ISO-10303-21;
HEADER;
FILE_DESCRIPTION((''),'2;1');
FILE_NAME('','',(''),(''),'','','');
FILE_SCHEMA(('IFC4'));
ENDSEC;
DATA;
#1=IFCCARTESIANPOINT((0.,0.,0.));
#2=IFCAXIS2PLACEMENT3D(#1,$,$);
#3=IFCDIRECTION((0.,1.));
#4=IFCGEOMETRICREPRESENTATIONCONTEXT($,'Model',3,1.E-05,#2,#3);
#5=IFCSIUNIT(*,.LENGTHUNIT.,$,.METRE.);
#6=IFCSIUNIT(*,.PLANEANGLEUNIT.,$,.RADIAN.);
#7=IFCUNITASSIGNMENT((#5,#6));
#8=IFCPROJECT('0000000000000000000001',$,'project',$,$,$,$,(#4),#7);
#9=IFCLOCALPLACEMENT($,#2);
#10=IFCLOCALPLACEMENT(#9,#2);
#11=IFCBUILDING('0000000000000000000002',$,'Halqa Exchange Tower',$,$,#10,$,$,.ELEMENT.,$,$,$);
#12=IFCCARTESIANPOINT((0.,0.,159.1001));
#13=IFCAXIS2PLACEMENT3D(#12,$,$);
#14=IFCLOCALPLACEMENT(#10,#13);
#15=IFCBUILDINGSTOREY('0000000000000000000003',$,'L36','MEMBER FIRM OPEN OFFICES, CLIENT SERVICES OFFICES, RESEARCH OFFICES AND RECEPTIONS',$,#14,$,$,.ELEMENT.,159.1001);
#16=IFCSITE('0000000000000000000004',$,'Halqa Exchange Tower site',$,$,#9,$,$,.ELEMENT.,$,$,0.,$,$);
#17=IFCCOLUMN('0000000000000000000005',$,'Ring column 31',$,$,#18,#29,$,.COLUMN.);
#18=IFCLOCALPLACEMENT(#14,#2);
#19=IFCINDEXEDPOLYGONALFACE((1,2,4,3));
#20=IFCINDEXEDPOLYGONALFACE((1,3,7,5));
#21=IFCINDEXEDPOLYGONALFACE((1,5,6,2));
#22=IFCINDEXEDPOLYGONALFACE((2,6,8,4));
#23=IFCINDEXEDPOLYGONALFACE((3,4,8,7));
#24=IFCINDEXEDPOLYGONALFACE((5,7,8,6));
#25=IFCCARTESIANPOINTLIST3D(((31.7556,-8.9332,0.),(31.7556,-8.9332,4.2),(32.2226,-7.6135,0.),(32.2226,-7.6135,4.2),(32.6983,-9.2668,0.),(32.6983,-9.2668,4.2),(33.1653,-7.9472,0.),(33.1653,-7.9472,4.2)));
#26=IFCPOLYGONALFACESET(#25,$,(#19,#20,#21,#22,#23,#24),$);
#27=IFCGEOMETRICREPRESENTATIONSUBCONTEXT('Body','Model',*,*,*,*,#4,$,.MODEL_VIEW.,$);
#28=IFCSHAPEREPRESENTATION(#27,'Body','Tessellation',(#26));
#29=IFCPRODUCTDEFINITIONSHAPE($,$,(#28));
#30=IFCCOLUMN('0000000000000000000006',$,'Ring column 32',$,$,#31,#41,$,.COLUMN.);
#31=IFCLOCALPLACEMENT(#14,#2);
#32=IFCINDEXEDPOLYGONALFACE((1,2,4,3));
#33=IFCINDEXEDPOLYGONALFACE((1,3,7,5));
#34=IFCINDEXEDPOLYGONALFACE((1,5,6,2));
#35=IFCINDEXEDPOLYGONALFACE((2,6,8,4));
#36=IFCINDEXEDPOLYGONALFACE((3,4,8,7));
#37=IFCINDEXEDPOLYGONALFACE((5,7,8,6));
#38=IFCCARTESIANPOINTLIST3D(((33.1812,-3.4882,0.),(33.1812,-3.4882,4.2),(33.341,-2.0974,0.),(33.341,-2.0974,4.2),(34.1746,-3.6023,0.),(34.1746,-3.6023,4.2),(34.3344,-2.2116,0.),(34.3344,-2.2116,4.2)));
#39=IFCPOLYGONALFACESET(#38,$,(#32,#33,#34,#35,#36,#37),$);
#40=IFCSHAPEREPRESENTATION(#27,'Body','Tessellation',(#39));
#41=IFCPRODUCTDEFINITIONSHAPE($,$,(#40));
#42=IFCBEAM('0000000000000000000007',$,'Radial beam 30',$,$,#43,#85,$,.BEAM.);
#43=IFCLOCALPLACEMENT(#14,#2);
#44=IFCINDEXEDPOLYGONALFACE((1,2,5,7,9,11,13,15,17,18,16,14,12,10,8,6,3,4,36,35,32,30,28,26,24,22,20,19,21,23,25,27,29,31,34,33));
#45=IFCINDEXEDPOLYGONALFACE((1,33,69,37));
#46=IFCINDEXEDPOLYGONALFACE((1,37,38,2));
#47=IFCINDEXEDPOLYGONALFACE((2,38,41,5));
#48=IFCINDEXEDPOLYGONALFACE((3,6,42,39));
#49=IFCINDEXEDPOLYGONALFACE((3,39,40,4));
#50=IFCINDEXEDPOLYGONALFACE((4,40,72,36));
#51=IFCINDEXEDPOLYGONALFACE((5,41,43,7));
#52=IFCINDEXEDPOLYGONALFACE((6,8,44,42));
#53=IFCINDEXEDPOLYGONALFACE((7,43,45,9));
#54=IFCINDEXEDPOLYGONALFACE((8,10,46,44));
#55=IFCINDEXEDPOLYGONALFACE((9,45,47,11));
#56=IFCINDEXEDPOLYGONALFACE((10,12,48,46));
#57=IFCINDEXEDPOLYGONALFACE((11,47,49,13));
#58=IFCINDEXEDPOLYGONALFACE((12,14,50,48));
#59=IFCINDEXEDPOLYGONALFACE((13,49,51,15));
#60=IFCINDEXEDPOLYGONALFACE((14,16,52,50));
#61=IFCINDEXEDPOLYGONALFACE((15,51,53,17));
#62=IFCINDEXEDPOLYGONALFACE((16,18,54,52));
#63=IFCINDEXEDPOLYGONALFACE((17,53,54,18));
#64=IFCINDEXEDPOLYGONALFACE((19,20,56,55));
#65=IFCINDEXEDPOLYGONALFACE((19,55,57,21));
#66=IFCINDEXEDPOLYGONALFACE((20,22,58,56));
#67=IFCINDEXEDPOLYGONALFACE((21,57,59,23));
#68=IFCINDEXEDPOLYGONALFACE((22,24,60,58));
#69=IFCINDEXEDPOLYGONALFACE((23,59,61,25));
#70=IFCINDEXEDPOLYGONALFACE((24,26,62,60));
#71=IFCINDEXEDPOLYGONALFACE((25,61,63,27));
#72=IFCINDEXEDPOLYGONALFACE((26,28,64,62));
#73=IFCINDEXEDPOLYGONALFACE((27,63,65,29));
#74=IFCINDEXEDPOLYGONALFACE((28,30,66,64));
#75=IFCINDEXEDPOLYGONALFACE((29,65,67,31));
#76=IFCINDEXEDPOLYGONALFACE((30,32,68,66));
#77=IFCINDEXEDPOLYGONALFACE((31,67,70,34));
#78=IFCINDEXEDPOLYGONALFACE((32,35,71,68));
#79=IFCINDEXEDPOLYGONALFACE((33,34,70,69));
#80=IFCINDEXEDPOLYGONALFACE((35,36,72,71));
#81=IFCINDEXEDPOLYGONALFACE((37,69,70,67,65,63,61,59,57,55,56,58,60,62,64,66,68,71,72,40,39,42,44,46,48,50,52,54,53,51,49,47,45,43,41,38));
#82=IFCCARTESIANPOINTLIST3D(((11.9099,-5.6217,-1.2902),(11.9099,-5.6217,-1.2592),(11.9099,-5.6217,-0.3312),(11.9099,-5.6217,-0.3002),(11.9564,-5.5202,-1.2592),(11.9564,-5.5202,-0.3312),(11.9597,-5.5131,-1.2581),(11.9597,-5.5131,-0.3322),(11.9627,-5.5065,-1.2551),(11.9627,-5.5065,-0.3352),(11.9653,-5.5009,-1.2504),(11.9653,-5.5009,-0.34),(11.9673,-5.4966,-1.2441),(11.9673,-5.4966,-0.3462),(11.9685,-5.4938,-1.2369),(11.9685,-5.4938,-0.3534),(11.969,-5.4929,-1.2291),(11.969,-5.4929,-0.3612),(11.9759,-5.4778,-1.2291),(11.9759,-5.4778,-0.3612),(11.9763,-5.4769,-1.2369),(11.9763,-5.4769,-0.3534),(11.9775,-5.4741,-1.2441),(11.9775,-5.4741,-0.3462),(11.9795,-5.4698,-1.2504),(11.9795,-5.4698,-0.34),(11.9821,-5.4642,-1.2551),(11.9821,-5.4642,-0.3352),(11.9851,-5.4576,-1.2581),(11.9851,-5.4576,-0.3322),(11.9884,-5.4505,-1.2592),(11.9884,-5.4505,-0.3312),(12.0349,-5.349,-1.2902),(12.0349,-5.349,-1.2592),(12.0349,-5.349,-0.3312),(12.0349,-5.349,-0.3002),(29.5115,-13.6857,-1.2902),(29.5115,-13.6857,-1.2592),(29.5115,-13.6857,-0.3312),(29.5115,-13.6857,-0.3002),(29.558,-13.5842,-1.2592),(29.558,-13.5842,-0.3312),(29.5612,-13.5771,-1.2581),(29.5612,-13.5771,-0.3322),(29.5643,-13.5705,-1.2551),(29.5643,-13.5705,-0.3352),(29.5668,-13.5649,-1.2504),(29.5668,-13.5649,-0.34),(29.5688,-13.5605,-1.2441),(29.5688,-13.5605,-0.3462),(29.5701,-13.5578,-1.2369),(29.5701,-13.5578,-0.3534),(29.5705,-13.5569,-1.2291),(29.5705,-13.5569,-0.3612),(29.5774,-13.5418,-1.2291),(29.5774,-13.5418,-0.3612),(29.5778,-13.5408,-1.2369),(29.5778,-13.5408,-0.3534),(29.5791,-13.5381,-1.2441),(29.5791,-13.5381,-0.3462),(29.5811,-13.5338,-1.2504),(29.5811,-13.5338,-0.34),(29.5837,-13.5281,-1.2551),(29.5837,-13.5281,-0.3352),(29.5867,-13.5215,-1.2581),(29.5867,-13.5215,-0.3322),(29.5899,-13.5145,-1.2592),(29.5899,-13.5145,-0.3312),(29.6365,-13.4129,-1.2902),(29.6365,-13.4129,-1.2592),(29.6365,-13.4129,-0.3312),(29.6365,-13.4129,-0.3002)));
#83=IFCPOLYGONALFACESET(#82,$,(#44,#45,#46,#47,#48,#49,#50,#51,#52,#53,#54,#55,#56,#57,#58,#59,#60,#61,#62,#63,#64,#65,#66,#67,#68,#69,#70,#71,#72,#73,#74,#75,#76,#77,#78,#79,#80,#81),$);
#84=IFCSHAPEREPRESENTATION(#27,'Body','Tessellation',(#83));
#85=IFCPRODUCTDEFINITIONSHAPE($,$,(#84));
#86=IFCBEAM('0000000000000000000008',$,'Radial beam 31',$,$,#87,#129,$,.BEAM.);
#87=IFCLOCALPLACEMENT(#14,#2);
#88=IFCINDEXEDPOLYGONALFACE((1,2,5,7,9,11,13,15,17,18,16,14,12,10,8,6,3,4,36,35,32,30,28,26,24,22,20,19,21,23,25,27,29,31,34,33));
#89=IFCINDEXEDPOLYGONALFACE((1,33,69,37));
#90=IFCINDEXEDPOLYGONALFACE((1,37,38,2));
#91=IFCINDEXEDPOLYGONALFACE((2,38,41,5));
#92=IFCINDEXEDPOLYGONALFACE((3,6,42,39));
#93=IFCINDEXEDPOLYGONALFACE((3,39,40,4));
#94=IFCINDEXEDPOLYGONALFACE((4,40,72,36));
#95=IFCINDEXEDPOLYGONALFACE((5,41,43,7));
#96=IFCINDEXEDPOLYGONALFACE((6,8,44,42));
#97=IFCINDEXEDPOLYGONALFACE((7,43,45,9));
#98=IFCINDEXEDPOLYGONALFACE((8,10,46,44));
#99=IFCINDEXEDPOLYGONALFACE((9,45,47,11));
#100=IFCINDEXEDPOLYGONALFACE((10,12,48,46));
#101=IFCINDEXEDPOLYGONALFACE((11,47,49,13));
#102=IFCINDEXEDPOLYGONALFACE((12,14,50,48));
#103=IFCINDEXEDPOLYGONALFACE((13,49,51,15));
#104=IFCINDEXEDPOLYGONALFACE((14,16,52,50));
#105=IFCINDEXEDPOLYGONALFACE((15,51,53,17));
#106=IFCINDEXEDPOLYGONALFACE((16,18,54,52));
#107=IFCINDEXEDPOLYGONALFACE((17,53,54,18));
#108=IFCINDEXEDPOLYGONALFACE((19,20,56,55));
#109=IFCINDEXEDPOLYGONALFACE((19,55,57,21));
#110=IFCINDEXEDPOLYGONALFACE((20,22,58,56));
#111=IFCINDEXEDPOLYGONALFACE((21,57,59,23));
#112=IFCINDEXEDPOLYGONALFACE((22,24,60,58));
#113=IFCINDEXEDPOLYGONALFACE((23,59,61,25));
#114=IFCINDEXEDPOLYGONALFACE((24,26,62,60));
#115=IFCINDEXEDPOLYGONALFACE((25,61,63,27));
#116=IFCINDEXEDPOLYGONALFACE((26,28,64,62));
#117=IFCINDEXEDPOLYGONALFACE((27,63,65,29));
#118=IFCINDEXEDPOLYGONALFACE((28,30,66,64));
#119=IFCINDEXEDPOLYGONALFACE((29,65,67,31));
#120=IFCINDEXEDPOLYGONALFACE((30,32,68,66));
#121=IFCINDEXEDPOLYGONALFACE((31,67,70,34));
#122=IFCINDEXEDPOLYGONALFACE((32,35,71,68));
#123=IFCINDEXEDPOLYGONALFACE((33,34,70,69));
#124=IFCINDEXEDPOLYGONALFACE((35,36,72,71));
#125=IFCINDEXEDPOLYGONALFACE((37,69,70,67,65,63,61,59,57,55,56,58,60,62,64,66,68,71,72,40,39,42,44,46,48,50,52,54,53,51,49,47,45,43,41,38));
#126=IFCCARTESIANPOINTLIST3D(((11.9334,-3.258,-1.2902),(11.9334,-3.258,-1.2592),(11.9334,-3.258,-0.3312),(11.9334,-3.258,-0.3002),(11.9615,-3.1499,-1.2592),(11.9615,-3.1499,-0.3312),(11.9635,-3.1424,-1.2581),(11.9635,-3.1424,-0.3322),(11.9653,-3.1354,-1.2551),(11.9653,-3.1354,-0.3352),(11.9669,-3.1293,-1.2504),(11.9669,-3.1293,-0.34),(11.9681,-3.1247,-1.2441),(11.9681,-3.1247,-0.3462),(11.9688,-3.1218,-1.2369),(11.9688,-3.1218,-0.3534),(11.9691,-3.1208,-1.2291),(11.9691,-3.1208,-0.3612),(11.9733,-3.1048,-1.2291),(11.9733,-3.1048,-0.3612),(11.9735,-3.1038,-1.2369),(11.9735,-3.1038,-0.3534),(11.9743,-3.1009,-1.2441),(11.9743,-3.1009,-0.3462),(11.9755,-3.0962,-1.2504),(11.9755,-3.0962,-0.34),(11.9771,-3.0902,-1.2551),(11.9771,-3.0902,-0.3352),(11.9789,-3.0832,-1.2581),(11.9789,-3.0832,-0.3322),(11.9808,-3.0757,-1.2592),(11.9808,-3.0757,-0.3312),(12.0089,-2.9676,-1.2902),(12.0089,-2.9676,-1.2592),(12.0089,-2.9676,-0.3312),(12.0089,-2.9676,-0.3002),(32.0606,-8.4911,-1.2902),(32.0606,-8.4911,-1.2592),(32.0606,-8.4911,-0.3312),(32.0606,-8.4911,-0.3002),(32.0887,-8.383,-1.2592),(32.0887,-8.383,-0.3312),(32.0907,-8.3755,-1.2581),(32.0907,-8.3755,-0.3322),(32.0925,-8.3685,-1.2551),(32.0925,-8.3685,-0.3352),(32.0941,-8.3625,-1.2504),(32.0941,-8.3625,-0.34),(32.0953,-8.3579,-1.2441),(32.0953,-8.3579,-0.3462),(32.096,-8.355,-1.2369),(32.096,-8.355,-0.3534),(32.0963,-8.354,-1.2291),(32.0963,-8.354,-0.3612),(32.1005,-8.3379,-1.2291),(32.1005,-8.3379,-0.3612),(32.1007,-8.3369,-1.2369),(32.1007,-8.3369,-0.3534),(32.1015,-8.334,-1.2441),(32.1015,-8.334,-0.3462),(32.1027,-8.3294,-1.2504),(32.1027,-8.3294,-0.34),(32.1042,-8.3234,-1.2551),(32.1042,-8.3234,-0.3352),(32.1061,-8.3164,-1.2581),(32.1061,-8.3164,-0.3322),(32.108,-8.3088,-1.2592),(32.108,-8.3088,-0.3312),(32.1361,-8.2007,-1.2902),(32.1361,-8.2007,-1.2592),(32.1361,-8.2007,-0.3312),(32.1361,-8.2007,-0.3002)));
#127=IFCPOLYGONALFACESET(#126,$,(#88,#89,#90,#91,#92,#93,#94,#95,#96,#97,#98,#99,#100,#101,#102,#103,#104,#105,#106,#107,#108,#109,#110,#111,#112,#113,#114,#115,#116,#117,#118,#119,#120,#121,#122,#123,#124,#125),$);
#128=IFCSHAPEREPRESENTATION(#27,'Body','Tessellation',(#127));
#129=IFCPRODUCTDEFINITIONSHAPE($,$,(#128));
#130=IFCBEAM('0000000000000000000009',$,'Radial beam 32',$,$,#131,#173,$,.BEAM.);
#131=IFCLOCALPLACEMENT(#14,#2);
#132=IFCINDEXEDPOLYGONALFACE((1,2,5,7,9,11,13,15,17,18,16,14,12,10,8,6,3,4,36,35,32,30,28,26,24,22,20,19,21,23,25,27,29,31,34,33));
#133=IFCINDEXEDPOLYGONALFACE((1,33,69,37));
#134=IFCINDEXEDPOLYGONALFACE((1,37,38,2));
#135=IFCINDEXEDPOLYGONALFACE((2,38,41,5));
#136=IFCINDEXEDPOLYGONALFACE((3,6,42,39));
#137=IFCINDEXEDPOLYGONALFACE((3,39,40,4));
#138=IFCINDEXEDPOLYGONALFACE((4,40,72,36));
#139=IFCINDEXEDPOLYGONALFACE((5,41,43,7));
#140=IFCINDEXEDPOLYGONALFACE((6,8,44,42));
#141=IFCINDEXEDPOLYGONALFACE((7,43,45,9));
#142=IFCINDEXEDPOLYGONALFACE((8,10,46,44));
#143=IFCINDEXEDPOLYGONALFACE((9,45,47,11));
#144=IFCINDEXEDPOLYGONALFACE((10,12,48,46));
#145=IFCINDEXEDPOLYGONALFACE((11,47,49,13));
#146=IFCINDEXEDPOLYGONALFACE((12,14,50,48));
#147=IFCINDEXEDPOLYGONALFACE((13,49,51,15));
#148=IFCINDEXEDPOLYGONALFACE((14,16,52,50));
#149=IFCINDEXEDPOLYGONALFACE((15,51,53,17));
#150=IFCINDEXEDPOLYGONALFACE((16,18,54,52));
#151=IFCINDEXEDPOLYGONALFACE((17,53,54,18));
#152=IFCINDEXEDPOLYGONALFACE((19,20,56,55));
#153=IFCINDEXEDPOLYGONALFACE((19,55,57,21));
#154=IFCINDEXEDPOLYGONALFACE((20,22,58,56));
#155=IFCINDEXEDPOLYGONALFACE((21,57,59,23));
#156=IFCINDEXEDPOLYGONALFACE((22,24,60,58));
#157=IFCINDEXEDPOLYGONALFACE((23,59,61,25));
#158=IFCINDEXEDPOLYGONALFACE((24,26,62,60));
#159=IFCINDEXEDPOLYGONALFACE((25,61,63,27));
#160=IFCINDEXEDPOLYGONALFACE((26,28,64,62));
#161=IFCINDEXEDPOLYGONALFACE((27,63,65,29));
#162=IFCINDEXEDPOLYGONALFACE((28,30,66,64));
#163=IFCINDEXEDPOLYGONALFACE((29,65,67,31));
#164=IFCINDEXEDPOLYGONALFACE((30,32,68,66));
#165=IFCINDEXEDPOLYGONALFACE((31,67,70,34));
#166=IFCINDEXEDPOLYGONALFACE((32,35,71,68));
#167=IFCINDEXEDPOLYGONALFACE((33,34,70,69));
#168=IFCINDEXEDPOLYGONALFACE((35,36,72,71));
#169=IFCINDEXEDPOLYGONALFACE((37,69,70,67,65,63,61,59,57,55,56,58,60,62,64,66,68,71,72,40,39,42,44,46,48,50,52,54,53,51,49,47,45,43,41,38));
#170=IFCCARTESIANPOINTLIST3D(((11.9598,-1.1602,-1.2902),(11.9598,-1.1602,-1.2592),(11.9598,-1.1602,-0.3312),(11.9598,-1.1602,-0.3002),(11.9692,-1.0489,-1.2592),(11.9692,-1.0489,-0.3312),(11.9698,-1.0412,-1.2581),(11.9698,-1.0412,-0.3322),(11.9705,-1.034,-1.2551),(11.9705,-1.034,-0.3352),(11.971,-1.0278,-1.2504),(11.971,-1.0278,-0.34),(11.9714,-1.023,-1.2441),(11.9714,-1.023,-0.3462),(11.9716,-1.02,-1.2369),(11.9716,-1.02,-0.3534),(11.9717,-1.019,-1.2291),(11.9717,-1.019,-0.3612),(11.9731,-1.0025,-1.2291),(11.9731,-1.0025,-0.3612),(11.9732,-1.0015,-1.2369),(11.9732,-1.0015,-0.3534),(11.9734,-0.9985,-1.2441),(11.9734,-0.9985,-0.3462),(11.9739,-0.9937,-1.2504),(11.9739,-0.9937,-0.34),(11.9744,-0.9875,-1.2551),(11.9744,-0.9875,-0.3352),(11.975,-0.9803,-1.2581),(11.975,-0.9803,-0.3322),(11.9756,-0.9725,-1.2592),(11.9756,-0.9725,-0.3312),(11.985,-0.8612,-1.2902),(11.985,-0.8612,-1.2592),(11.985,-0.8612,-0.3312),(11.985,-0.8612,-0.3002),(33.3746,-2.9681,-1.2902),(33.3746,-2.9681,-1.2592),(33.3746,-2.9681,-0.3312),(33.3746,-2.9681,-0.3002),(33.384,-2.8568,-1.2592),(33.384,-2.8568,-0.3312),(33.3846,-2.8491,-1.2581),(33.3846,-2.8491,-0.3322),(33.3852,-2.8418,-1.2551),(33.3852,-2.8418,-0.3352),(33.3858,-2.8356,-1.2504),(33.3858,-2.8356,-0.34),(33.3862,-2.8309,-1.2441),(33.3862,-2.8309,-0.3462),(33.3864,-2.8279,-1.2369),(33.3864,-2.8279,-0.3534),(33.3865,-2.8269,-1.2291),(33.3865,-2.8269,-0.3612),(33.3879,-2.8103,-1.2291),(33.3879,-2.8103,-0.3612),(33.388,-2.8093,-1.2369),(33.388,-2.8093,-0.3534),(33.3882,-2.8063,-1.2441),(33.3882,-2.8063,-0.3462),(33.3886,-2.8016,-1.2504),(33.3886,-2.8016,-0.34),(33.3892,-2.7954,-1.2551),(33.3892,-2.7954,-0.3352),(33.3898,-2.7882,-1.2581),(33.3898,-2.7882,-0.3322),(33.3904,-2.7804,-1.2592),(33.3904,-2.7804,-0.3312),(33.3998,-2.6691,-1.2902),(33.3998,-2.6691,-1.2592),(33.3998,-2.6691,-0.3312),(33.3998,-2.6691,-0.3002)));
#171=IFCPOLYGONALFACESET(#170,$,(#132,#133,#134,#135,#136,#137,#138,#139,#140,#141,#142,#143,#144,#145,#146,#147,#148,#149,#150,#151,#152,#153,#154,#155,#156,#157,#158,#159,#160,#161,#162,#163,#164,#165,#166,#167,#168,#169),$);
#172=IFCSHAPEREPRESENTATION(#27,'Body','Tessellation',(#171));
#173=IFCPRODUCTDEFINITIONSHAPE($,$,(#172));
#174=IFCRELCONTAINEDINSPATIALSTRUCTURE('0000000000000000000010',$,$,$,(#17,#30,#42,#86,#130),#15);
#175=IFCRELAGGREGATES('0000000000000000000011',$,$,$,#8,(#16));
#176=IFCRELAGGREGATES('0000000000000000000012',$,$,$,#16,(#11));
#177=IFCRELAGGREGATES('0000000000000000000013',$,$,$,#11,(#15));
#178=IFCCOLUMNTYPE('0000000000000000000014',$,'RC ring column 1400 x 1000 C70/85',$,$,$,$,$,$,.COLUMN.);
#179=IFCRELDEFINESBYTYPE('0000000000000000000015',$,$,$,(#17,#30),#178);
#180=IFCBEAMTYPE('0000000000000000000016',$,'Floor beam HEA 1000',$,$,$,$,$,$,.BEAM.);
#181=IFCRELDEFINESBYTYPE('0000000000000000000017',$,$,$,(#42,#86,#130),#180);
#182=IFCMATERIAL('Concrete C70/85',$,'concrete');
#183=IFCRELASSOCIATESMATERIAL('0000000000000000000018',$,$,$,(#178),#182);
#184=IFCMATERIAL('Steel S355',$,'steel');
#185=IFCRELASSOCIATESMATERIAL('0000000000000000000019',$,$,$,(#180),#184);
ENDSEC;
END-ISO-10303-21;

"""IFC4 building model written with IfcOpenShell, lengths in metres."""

from ifc_helpers import new_model, si_unit, direction, frame, origin, origin_2d, place, context, subcontext, project, spatial, rectangle, i_section, extrude, material, material_profile, profile_set, type_object, element, save


model = new_model("IFC4")

# Units and contexts
model_context = context("Model", 3, precision=1e-05, world=origin(), true_north=direction((0.0, 1.0)))
body_context = subcontext(model_context, "Body", "Model", "MODEL_VIEW")
ifc_project = project(units=[si_unit("LENGTHUNIT", "METRE"), si_unit("PLANEANGLEUNIT", "RADIAN")], contexts=[model_context])

# Site, building, storey
site_placement = place(None, origin())
site = spatial("IfcSite", under=ifc_project, at=site_placement, Name="Halqa Exchange Tower site", CompositionType="ELEMENT", RefElevation=0.0)
building_placement = place(site_placement, origin())
building = spatial("IfcBuilding", under=site, at=building_placement, Name="Halqa Exchange Tower", CompositionType="ELEMENT")
storey_placement = place(building_placement, frame((0.0, 0.0, 159.1001)))
storey = spatial("IfcBuildingStorey", under=building, at=storey_placement, Name="L36", Description="MEMBER FIRM OPEN OFFICES, CLIENT SERVICES OFFICES, RESEARCH OFFICES AND RECEPTIONS", CompositionType="ELEMENT", Elevation=159.1001)

# Columns
ifc_material_1 = material(Name="Concrete C70/85", Category="concrete")
ifc_material_profile_1 = material_profile(ifc_material_1, rectangle(XDim=1.3999, YDim=1.0, at=origin_2d()), Name="1400 x 1000")
ifc_profile_set_1 = profile_set([ifc_material_profile_1], Name="Concrete C70/85")
column_type = type_object("IfcColumnType", Name="RC ring column 1400 x 1000 C70/85", PredefinedType="COLUMN", material=ifc_profile_set_1)
for number, where, z_axis, x_axis, name in (
    (1, (32.4604, -8.4402, 0.0), (0.0, 0.0, 1.0), (0.333634, 0.942703, 0.0), "Ring column 31"),
    (2, (33.7578, -2.8499, 0.0), (0.0, 0.0, 1.0), (0.114155, 0.993463, 0.0), "Ring column 32"),
):
    element("IfcColumn", number, at=place(storey_placement, frame(where, z_axis=z_axis, x_axis=x_axis)), inside=storey, type_object=column_type, Name=name, PredefinedType="COLUMN", context=body_context, shape_type="SweptSolid", body=[
        extrude(rectangle(XDim=1.3999, YDim=1.0, at=origin_2d()), origin(), (0.0, 0.0, 1.0), 4.2),
    ])

# Beams
ifc_material_2 = material(Name="Steel S355", Category="steel")
ifc_material_profile_2 = material_profile(ifc_material_2, i_section(OverallWidth=0.3, OverallDepth=0.99, WebThickness=0.0166, FlangeThickness=0.031, FilletRadius=0.03, at=origin_2d()), Name="HEA 1000")
ifc_profile_set_2 = profile_set([ifc_material_profile_2], Name="Steel S355")
beam_type_1 = type_object("IfcBeamType", Name="Floor beam HEA 1000", PredefinedType="BEAM", material=ifc_profile_set_2)
beam_1_placement = place(storey_placement, frame((11.9724, -5.4854, -0.7952), z_axis=(0.909132, -0.416509, 0.0), x_axis=(0.416509, 0.909132, 0.0)))
element("IfcBeam", 3, at=beam_1_placement, inside=storey, type_object=beam_type_1, Name="Radial beam 30", PredefinedType="BEAM", context=body_context, shape_type="SweptSolid", body=[
    extrude(i_section(OverallWidth=0.3, OverallDepth=0.99, WebThickness=0.0166, FlangeThickness=0.031, FilletRadius=0.03, at=origin_2d()), origin(), (0.0, 0.0, 1.0), 19.3608),
])
beam_2_placement = place(storey_placement, frame((11.9712, -3.1128, -0.7952), z_axis=(0.967822, -0.251638, 0.0), x_axis=(0.251638, 0.967822, 0.0)))
element("IfcBeam", 4, at=beam_2_placement, inside=storey, type_object=beam_type_1, Name="Radial beam 31", PredefinedType="BEAM", context=body_context, shape_type="SweptSolid", body=[
    extrude(i_section(OverallWidth=0.3, OverallDepth=0.99, WebThickness=0.0166, FlangeThickness=0.031, FilletRadius=0.03, at=origin_2d()), origin(), (0.0, 0.0, 1.0), 20.7964),
])
beam_3_placement = place(storey_placement, frame((11.9724, -1.0107, -0.7952), z_axis=(0.996455, -0.084122, 0.0), x_axis=(0.084122, 0.996455, 0.0)))
element("IfcBeam", 5, at=beam_3_placement, inside=storey, type_object=beam_type_1, Name="Radial beam 32", PredefinedType="BEAM", context=body_context, shape_type="SweptSolid", body=[
    extrude(i_section(OverallWidth=0.3, OverallDepth=0.99, WebThickness=0.0166, FlangeThickness=0.031, FilletRadius=0.03, at=origin_2d()), origin(), (0.0, 0.0, 1.0), 21.491),
])

save(model, "model.ifc")
